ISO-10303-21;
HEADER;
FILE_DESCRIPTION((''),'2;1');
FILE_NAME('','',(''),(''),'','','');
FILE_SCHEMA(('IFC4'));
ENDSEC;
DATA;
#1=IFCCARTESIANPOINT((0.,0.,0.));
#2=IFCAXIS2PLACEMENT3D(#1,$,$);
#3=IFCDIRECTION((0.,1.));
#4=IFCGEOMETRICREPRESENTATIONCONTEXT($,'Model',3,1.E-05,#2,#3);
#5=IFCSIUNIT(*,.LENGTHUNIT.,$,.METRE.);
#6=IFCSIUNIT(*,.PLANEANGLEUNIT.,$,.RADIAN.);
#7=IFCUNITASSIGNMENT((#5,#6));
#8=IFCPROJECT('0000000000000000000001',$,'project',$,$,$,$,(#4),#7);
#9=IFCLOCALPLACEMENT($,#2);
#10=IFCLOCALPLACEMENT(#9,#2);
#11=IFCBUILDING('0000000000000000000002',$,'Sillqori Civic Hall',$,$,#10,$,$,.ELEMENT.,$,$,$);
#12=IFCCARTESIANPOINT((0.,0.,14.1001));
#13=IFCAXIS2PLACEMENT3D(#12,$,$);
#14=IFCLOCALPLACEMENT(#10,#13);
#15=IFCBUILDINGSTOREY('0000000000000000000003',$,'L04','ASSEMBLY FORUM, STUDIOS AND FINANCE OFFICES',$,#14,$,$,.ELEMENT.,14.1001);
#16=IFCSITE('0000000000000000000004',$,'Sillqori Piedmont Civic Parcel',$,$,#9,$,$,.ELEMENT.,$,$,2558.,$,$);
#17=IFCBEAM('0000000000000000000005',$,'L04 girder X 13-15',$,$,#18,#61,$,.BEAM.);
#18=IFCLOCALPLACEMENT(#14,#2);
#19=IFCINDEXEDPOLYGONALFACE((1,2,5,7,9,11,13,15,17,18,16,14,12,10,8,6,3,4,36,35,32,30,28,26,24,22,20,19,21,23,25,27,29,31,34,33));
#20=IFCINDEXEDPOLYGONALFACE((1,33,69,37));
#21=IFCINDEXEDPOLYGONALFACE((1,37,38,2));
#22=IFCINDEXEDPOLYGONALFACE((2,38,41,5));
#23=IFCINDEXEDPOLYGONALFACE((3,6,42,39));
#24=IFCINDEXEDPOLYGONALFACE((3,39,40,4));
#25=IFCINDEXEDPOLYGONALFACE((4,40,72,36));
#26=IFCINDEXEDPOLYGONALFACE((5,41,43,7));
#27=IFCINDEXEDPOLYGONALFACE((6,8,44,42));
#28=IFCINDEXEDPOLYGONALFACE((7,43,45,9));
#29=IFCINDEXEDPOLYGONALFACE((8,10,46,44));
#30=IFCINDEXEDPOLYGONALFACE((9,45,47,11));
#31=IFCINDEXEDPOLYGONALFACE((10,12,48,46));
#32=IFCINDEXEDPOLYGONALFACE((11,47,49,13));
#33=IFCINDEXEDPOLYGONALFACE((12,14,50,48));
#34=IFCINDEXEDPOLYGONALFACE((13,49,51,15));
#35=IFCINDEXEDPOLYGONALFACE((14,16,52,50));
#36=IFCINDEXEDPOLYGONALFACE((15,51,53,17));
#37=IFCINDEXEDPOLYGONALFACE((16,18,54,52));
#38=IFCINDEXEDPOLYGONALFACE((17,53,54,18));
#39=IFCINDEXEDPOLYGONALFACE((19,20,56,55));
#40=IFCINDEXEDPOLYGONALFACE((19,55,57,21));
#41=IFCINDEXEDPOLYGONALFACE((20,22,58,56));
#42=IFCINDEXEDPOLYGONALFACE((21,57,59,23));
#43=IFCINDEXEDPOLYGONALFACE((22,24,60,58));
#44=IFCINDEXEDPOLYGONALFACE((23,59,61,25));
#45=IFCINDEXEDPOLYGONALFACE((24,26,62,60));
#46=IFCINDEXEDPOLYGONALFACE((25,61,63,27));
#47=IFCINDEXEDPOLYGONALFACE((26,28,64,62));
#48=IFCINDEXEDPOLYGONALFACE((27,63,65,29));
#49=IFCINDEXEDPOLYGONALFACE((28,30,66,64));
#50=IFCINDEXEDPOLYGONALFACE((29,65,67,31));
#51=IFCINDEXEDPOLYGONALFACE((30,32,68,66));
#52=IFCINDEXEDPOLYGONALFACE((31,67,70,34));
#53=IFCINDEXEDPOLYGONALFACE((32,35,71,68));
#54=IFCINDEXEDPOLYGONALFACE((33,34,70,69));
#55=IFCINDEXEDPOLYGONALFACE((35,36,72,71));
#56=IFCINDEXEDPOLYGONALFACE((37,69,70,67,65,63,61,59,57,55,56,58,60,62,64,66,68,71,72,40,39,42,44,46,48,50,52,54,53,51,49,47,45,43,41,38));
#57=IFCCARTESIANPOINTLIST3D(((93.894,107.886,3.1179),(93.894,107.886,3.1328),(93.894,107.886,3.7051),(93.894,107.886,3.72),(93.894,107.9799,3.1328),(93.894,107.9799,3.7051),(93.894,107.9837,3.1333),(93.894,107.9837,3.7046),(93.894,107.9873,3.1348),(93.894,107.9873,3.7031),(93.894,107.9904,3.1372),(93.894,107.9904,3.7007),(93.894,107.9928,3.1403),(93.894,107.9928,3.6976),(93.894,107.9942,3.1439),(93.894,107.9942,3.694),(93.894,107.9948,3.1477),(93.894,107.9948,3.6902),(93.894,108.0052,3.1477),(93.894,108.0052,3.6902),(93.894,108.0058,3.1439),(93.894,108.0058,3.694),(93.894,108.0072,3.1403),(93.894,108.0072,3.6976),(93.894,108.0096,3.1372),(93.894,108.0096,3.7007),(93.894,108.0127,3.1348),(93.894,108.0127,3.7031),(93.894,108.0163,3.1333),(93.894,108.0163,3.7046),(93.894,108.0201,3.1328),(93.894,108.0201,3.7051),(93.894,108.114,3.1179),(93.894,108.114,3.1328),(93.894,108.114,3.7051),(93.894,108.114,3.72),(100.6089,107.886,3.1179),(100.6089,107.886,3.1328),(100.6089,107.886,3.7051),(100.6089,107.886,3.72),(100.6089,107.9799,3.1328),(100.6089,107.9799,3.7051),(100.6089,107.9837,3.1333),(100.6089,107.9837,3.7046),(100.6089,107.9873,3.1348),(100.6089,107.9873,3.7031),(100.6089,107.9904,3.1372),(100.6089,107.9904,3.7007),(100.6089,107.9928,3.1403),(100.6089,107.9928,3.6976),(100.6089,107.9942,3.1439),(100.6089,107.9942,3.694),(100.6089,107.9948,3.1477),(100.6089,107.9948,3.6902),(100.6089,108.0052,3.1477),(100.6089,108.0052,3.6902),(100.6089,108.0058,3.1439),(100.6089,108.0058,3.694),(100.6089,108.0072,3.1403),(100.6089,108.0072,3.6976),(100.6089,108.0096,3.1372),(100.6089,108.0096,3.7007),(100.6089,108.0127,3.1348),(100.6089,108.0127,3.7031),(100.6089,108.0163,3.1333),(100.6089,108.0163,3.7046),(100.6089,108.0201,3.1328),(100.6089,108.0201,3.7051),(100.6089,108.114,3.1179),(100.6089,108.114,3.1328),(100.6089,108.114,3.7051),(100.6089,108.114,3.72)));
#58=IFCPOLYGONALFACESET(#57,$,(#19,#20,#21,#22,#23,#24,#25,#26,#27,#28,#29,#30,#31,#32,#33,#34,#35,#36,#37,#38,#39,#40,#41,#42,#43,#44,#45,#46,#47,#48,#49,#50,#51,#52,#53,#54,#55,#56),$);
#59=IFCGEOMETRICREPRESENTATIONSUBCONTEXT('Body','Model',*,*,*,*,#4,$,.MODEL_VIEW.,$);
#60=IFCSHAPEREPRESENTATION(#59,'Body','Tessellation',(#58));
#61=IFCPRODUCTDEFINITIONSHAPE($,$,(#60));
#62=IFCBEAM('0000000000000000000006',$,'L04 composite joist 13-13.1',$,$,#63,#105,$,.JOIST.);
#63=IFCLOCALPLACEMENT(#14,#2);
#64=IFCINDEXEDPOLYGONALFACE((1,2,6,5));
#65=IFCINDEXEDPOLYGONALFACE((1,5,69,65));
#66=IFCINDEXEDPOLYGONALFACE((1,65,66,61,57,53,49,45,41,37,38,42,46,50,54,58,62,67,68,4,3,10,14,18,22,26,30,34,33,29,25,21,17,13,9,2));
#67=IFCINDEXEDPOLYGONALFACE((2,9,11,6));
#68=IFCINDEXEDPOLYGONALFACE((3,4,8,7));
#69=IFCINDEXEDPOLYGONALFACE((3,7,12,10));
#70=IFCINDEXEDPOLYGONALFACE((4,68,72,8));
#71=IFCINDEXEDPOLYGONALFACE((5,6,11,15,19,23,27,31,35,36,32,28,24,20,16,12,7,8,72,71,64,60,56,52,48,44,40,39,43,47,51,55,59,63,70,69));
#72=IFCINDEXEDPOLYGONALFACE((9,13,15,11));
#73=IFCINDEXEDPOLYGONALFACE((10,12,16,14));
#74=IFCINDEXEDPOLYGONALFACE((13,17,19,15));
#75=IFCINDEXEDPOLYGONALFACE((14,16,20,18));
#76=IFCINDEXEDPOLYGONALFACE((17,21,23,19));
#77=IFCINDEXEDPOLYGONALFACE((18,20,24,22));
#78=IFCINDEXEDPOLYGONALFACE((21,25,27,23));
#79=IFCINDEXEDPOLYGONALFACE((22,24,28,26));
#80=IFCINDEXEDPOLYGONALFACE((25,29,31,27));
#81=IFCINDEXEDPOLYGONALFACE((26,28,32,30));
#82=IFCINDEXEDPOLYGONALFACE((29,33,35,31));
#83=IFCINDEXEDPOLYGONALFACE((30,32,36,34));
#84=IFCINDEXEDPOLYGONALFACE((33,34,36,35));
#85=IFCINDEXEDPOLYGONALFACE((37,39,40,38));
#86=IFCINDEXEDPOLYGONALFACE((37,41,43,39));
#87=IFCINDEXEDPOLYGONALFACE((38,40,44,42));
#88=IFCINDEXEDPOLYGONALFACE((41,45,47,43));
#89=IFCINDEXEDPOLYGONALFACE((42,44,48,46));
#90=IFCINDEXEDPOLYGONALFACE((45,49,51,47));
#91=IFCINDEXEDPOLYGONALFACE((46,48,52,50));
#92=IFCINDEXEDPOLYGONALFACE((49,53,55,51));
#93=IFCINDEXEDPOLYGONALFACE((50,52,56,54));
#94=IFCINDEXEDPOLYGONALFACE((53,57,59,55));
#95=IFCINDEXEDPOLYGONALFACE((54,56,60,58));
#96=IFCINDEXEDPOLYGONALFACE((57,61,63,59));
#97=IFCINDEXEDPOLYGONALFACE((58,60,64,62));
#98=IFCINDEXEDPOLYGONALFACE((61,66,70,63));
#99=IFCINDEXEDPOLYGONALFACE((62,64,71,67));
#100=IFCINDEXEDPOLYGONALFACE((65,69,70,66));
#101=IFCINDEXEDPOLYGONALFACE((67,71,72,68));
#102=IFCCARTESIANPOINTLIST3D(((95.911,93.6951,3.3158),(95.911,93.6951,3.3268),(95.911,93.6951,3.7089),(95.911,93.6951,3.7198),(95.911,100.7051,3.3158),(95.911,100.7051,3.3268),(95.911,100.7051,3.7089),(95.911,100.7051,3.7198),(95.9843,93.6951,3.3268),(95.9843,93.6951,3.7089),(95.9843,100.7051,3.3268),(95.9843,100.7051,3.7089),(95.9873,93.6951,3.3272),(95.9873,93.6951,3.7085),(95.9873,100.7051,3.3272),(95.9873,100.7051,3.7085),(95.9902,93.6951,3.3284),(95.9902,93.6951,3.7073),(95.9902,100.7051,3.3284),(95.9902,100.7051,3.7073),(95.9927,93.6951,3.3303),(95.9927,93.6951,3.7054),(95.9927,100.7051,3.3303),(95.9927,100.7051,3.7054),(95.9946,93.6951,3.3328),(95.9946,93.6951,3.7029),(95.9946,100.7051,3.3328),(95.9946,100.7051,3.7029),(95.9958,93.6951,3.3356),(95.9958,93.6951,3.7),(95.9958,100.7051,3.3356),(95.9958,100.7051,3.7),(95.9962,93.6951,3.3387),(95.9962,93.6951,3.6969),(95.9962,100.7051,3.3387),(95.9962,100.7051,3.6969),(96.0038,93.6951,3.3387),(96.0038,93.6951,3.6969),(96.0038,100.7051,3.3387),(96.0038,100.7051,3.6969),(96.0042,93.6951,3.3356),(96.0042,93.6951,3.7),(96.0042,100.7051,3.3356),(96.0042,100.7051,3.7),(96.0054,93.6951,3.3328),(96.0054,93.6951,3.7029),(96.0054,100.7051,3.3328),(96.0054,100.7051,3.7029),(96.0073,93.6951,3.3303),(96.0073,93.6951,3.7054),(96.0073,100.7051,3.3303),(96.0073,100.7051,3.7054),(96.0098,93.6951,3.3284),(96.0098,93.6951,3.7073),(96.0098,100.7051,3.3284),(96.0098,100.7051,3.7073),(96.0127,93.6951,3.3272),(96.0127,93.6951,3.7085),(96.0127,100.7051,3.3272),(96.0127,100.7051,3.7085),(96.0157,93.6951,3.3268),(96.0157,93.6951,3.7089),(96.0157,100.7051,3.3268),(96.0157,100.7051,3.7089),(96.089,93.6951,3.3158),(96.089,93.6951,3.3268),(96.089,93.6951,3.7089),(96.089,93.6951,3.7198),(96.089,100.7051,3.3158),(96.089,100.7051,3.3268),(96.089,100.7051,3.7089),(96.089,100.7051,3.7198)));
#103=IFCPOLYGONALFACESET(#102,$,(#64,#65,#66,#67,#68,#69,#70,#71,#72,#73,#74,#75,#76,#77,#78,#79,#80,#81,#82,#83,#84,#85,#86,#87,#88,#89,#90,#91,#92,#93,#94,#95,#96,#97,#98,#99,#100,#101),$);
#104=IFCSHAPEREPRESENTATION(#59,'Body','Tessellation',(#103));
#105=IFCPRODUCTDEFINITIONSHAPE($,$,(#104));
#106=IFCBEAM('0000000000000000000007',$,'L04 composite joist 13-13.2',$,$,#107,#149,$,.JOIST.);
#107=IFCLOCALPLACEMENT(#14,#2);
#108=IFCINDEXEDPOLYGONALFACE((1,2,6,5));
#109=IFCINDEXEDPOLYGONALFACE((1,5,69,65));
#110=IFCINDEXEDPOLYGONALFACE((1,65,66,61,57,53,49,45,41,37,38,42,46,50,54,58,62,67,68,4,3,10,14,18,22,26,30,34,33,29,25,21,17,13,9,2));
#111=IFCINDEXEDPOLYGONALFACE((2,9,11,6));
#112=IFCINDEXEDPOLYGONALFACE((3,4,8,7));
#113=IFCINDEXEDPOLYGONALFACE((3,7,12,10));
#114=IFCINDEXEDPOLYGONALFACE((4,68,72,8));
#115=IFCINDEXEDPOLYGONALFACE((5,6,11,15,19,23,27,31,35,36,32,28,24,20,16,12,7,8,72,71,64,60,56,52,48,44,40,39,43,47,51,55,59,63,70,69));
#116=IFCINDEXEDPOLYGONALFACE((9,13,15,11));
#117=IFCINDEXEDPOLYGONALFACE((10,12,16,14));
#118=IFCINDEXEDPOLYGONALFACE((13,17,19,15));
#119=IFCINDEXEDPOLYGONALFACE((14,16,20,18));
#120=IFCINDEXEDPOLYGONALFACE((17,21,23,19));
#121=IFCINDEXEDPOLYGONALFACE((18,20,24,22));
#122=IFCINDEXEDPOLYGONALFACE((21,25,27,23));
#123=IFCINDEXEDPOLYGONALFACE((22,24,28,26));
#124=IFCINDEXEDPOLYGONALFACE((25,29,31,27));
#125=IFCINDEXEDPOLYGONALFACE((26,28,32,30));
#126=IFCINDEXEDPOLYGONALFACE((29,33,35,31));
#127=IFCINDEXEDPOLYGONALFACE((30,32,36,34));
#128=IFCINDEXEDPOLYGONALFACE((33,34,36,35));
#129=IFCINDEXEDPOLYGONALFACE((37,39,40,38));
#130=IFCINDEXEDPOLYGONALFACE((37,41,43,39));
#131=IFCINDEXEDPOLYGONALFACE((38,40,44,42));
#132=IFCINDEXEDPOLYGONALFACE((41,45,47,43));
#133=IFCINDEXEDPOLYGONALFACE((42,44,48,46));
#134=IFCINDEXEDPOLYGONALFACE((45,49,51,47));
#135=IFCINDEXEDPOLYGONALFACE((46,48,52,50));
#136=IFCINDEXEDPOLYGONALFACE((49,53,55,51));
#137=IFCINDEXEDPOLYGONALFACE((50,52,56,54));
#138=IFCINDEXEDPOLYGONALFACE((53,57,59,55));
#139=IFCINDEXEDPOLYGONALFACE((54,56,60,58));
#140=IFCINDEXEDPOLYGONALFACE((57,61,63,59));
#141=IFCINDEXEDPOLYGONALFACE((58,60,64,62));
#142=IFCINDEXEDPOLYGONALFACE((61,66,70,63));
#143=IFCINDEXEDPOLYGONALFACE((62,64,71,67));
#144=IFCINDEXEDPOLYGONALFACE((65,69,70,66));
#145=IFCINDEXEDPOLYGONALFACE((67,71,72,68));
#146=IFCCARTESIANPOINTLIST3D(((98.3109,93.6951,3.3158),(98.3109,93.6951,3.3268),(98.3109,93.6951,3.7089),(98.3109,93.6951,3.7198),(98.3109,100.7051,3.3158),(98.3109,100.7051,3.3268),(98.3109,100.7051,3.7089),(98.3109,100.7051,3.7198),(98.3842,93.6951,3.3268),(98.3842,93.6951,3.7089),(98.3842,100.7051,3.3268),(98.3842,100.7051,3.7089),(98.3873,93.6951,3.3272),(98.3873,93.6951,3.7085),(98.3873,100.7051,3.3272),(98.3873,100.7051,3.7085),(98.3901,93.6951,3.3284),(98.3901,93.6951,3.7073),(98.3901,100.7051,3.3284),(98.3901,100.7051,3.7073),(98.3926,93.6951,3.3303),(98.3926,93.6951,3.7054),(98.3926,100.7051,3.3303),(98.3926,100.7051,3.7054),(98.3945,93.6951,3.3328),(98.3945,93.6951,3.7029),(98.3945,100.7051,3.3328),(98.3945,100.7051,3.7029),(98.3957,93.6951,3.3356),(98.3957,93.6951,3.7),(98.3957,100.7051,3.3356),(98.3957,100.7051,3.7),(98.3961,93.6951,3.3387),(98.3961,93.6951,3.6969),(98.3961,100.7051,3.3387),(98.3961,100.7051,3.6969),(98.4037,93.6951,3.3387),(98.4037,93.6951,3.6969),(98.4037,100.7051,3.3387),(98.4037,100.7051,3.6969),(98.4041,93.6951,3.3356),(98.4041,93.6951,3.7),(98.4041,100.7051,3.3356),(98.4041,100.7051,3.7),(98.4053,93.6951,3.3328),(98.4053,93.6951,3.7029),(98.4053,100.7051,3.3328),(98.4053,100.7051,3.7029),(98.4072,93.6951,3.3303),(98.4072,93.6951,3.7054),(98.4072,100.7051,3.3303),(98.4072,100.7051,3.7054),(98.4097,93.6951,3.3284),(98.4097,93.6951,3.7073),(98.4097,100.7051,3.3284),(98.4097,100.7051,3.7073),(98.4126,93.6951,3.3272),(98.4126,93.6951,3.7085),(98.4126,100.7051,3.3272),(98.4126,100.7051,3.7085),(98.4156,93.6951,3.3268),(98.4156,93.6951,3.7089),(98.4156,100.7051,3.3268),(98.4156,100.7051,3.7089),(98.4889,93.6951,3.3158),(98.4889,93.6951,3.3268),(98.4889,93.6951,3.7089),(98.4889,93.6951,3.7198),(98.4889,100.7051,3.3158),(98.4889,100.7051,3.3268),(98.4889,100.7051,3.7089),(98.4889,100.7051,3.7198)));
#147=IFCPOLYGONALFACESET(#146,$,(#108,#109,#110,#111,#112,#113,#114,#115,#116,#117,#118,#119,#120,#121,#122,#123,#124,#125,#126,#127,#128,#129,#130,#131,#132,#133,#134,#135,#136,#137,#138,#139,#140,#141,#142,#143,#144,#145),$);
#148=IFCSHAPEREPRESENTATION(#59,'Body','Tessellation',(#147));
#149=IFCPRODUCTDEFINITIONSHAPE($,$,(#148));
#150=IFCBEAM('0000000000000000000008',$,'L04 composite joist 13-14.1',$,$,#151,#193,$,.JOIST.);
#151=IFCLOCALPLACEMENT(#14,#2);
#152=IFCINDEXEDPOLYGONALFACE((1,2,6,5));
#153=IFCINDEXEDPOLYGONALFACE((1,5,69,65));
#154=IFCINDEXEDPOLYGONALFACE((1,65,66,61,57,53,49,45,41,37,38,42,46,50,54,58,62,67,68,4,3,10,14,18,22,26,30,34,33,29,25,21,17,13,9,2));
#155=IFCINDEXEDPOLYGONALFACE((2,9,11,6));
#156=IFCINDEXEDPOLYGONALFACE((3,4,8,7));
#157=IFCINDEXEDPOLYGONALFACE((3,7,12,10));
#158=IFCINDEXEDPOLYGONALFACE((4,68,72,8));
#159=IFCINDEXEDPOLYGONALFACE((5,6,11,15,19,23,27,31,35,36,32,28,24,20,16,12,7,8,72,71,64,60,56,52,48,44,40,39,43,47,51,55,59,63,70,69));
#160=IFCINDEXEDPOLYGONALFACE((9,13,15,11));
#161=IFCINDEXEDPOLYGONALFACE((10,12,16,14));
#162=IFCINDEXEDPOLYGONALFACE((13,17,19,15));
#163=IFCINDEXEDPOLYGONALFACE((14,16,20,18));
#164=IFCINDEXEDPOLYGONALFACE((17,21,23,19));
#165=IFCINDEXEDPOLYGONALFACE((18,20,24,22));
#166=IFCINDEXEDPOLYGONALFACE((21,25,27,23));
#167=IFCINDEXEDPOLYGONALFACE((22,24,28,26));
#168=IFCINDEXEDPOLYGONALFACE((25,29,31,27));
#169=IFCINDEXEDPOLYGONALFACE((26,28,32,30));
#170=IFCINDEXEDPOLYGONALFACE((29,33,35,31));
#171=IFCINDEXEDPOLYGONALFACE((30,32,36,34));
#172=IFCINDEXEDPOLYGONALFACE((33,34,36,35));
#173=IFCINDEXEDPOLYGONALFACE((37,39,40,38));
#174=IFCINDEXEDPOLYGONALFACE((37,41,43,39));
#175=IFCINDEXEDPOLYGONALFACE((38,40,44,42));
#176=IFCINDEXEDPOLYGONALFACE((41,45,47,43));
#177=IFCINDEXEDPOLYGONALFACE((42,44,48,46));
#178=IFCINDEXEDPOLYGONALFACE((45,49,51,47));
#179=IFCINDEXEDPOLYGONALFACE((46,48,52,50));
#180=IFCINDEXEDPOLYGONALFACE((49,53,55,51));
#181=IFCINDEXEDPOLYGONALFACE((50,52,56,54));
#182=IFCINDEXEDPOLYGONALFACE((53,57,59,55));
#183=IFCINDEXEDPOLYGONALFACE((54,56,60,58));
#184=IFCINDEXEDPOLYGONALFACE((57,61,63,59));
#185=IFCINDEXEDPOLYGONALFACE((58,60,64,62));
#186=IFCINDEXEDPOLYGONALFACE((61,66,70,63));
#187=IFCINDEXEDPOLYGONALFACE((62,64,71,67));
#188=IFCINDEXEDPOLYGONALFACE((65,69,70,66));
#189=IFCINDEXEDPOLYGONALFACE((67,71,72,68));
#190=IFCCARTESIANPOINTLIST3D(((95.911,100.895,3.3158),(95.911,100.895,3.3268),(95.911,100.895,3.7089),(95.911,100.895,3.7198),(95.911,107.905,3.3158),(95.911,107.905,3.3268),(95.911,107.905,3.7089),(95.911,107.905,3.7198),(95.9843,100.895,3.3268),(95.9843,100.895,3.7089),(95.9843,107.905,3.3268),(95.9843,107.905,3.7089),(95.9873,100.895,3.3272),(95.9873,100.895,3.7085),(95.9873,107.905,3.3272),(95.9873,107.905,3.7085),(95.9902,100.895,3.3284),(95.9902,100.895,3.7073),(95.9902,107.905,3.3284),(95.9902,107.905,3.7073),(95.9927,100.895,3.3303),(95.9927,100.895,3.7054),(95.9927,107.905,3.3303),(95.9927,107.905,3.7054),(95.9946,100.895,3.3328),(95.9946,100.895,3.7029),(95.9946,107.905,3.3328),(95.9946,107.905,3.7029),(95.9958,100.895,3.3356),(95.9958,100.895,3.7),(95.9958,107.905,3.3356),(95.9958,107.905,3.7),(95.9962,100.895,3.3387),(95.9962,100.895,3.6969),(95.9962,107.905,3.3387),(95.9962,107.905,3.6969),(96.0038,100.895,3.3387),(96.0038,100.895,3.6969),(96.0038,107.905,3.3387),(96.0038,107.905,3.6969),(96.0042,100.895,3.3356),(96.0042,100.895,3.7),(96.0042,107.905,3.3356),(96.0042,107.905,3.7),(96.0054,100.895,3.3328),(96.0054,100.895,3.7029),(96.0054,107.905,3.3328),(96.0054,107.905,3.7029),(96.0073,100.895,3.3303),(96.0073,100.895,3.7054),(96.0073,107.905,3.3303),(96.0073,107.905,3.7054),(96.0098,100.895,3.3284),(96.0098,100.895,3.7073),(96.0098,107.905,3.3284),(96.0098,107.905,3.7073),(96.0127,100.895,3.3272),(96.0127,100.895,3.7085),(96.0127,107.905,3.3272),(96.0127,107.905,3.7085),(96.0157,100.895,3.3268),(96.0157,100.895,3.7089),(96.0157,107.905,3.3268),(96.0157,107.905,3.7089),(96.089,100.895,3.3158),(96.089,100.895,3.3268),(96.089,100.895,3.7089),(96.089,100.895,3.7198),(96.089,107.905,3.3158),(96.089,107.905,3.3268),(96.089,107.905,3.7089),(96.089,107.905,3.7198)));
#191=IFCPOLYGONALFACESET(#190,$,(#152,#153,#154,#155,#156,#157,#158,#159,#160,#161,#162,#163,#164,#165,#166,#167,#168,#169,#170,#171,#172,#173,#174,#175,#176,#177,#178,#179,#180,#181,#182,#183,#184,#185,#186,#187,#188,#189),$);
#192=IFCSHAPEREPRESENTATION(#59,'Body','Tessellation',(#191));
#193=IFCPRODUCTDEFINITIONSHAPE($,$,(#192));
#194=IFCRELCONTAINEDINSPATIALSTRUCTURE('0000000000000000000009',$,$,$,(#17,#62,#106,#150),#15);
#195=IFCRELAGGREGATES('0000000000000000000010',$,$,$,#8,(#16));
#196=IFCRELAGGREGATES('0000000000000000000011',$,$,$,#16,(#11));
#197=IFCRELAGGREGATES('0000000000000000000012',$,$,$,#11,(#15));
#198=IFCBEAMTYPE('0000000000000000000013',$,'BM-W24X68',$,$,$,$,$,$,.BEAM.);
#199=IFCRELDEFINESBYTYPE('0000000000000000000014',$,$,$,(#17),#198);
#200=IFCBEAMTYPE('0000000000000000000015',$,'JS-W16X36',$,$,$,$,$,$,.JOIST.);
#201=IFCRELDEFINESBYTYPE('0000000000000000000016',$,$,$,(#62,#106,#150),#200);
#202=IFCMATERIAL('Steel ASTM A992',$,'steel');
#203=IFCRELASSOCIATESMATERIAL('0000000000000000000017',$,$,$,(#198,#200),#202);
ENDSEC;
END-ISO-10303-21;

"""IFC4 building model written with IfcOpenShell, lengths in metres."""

from ifc_helpers import new_model, si_unit, direction, frame, origin, origin_2d, place, context, subcontext, project, spatial, i_section, extrude, material, material_profile, profile_set, type_object, element, save


model = new_model("IFC4")

# Units and contexts
model_context = context("Model", 3, precision=1e-05, world=origin(), true_north=direction((0.0, 1.0)))
body_context = subcontext(model_context, "Body", "Model", "MODEL_VIEW")
ifc_project = project(units=[si_unit("LENGTHUNIT", "METRE"), si_unit("PLANEANGLEUNIT", "RADIAN")], contexts=[model_context])

# Site, building, storey
site_placement = place(None, origin())
site = spatial("IfcSite", under=ifc_project, at=site_placement, Name="Sillqori Piedmont Civic Parcel", CompositionType="ELEMENT", RefElevation=2558.0)
building_placement = place(site_placement, origin())
building = spatial("IfcBuilding", under=site, at=building_placement, Name="Sillqori Civic Hall", CompositionType="ELEMENT")
storey_placement = place(building_placement, frame((0.0, 0.0, 14.1001)))
storey = spatial("IfcBuildingStorey", under=building, at=storey_placement, Name="L04", Description="ASSEMBLY FORUM, STUDIOS AND FINANCE OFFICES", CompositionType="ELEMENT", Elevation=14.1001)

# Shared definitions
ifc_material_1 = material(Name="Steel ASTM A992", Category="steel")

# Beams
ifc_material_profile_1 = material_profile(ifc_material_1, i_section(OverallWidth=0.228, OverallDepth=0.6021, WebThickness=0.0105, FlangeThickness=0.0149, FilletRadius=0.0149, at=origin_2d()), Name="W24X68")
ifc_profile_set_1 = profile_set([ifc_material_profile_1], Name="Steel ASTM A992")
beam_type_1 = type_object("IfcBeamType", Name="BM-W24X68", PredefinedType="BEAM", material=ifc_profile_set_1)
for number, where, z_axis, x_axis, name in (
    (1, (93.894, 108.0, 3.4189), (1.0, 0.0, 0.0), (0.0, 1.0, 0.0), "L04 girder X 13-15"),
):
    element("IfcBeam", number, at=place(storey_placement, frame(where, z_axis=z_axis, x_axis=x_axis)), inside=storey, type_object=beam_type_1, Name=name, PredefinedType="BEAM", context=body_context, shape_type="SweptSolid", body=[
        extrude(i_section(OverallWidth=0.228, OverallDepth=0.6021, WebThickness=0.0105, FlangeThickness=0.0149, FilletRadius=0.0149, at=origin_2d()), origin(), (0.0, 0.0, 1.0), 6.7148),
    ])
ifc_material_profile_2 = material_profile(ifc_material_1, i_section(OverallWidth=0.178, OverallDepth=0.4041, WebThickness=0.0076, FlangeThickness=0.011, FilletRadius=0.012, at=origin_2d()), Name="W16X36")
ifc_profile_set_2 = profile_set([ifc_material_profile_2], Name="Steel ASTM A992")
beam_type_2 = type_object("IfcBeamType", Name="JS-W16X36", PredefinedType="JOIST", material=ifc_profile_set_2)
for number, where, z_axis, x_axis, name in (
    (2, (96.0, 93.6951, 3.5178), (0.0, 1.0, 0.0), (-1.0, 0.0, 0.0), "L04 composite joist 13-13.1"),
    (3, (98.3999, 93.6951, 3.5178), (0.0, 1.0, 0.0), (-1.0, 0.0, 0.0), "L04 composite joist 13-13.2"),
    (4, (96.0, 100.895, 3.5178), (0.0, 1.0, 0.0), (-1.0, 0.0, 0.0), "L04 composite joist 13-14.1"),
):
    element("IfcBeam", number, at=place(storey_placement, frame(where, z_axis=z_axis, x_axis=x_axis)), inside=storey, type_object=beam_type_2, Name=name, PredefinedType="JOIST", context=body_context, shape_type="SweptSolid", body=[
        extrude(i_section(OverallWidth=0.178, OverallDepth=0.4041, WebThickness=0.0076, FlangeThickness=0.011, FilletRadius=0.012, at=origin_2d()), origin(), (0.0, 0.0, 1.0), 7.01),
    ])

save(model, "model.ifc")
